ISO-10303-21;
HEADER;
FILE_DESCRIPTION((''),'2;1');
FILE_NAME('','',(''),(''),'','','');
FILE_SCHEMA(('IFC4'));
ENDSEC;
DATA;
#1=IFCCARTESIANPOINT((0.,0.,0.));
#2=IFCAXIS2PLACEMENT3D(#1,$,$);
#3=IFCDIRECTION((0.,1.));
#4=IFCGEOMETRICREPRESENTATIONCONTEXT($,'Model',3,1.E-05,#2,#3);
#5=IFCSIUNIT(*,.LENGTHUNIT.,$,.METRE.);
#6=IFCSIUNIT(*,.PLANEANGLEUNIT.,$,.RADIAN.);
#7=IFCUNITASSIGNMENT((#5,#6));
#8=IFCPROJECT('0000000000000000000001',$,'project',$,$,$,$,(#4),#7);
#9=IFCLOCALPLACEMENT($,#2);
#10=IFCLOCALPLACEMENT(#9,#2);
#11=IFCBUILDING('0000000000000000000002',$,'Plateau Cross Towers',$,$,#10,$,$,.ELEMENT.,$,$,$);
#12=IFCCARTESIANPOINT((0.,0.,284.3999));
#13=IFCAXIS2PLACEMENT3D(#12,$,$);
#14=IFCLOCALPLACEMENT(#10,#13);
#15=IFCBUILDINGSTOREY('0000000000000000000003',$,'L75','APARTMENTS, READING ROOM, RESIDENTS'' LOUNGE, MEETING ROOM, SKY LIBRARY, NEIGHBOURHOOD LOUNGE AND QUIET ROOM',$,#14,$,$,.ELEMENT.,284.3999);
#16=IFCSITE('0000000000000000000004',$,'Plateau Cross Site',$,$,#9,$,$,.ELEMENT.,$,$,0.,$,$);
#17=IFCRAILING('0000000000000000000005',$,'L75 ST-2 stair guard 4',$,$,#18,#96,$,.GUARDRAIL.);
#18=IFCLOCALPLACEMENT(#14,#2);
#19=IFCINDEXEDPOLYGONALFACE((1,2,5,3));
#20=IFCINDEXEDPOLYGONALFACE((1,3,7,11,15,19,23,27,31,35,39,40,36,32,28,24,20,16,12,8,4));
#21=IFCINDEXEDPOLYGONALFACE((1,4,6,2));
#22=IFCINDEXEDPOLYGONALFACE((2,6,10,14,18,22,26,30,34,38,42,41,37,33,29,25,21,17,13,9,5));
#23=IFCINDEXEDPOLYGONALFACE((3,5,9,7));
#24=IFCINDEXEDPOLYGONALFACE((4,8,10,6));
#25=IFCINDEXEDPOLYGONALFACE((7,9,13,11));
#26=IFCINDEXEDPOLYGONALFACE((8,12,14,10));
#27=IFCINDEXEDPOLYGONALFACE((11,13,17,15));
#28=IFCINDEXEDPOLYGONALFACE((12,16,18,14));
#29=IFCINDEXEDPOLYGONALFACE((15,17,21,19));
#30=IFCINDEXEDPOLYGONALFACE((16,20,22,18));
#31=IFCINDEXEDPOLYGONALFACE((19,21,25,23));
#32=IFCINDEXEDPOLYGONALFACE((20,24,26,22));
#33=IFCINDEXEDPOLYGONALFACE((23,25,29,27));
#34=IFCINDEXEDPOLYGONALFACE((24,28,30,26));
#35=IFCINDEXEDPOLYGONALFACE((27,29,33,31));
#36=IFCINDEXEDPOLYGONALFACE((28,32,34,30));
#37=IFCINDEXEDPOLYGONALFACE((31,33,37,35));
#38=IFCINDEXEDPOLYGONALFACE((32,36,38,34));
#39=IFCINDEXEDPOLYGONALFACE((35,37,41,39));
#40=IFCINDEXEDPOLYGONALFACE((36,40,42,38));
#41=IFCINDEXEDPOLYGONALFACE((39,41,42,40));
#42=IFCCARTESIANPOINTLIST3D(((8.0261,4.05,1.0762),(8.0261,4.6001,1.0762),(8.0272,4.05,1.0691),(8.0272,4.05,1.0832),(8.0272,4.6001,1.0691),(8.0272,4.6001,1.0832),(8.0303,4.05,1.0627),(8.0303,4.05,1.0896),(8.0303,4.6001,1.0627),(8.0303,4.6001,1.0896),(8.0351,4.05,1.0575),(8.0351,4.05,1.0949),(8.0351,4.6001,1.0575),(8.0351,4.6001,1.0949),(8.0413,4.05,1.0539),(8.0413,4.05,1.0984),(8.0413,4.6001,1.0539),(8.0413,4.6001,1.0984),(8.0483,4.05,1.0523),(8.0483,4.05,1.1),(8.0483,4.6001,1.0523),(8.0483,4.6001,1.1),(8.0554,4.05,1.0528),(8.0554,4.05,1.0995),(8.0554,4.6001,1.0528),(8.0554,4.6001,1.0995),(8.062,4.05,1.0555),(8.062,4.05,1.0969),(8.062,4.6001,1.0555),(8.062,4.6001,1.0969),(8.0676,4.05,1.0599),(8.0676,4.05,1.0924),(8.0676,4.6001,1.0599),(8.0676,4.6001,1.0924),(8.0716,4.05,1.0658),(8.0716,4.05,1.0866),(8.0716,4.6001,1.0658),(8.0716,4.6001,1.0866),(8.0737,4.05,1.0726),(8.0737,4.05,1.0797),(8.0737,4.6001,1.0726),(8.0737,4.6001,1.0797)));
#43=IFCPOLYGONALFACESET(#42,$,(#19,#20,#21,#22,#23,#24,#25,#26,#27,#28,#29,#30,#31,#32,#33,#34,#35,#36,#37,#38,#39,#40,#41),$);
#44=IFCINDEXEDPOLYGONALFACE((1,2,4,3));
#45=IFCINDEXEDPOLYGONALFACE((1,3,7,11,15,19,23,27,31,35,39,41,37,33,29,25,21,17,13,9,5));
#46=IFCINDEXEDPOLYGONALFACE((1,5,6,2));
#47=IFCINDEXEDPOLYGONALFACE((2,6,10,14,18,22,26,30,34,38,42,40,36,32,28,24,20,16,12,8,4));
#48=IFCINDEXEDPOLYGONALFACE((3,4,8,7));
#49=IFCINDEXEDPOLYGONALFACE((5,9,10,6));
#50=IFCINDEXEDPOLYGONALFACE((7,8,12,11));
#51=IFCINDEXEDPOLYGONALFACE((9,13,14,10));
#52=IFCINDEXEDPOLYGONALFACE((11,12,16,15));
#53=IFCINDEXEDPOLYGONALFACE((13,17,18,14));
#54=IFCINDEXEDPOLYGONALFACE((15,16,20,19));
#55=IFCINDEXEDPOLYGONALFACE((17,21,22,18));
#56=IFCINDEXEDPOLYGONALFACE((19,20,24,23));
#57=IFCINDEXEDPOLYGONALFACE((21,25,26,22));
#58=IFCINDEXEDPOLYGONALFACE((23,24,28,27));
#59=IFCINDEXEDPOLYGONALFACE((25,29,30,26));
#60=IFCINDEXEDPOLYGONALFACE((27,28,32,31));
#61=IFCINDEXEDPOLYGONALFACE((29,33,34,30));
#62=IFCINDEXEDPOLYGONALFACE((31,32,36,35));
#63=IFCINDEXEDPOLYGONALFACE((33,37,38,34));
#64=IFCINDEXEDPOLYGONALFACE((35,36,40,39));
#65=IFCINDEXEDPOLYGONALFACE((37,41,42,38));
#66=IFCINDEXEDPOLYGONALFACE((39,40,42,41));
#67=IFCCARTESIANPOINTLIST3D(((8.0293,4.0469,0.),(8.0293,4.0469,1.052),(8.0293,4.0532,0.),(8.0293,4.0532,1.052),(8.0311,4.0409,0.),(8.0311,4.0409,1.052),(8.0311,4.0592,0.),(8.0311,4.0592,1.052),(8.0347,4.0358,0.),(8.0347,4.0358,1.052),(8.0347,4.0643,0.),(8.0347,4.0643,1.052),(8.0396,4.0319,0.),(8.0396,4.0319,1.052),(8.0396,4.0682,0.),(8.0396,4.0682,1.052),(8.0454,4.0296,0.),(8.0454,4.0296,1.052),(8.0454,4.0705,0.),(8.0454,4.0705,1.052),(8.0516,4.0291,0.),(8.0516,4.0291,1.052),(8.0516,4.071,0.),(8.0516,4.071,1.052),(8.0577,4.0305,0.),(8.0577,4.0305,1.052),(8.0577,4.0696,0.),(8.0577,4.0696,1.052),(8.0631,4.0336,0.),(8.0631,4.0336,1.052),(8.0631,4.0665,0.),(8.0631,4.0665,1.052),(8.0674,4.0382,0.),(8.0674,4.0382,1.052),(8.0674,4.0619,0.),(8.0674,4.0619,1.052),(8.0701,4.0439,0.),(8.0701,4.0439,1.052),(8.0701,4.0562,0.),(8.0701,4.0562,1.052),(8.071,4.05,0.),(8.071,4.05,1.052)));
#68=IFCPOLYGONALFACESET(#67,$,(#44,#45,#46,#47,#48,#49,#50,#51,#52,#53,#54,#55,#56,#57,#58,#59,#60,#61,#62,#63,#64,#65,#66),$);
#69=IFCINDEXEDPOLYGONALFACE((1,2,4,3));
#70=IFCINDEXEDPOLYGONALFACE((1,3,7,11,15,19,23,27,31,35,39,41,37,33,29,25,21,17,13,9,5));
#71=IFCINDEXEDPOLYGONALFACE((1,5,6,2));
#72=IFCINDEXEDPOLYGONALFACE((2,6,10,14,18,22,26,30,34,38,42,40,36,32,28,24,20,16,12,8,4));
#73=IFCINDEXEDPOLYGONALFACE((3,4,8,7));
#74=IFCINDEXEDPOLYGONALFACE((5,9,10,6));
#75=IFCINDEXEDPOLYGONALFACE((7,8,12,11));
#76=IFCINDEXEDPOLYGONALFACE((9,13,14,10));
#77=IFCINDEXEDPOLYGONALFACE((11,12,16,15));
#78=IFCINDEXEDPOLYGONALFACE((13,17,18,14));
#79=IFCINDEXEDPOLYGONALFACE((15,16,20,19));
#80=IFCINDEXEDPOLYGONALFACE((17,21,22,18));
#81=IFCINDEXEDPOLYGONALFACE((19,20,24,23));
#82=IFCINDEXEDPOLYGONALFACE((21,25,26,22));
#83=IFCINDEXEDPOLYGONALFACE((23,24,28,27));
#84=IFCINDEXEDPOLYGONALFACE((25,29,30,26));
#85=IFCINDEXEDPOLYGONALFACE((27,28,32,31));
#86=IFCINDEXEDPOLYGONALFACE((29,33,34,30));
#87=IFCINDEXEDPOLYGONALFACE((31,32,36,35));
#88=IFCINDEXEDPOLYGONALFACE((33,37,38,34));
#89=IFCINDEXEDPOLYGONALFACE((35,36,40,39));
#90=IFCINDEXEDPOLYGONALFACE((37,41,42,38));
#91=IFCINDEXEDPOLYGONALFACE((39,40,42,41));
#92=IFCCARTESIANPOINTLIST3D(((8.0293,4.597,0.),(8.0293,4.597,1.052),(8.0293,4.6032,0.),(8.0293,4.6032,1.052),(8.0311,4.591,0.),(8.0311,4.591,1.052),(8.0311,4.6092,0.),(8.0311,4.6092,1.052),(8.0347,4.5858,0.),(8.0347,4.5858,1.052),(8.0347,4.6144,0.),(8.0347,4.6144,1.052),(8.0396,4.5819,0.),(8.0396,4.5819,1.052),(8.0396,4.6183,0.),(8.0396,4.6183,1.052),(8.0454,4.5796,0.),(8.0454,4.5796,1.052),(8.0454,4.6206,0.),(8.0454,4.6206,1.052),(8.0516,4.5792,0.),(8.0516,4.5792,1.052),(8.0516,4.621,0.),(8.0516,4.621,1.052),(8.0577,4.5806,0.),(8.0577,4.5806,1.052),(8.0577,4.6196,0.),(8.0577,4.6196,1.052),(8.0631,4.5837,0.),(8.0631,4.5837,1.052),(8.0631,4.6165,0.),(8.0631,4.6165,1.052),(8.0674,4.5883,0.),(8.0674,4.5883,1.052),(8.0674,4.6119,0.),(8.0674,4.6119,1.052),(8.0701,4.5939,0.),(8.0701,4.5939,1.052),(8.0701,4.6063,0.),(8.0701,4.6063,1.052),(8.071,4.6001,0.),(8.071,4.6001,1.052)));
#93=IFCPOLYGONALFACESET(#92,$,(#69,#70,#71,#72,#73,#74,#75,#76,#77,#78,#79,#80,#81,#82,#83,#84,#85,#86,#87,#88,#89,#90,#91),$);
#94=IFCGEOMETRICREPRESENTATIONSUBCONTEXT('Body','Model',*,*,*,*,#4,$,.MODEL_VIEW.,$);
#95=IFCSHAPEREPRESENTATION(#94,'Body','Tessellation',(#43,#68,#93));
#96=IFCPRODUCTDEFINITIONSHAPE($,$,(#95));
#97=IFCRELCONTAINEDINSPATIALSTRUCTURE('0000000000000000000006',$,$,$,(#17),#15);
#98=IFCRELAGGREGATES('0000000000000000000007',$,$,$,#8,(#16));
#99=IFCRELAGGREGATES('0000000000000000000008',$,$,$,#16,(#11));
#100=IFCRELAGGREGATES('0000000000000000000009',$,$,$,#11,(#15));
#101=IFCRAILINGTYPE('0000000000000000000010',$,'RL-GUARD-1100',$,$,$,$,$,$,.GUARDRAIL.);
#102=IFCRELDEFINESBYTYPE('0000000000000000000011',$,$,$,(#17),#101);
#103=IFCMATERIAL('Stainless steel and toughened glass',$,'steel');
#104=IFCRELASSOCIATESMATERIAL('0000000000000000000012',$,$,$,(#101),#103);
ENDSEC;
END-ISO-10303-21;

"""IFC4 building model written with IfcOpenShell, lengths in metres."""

from ifc_helpers import new_model, si_unit, direction, frame, origin, origin_2d, place, context, subcontext, project, spatial, circle, extrude, material, type_object, element, save


model = new_model("IFC4")

# Units and contexts
model_context = context("Model", 3, precision=1e-05, world=origin(), true_north=direction((0.0, 1.0)))
body_context = subcontext(model_context, "Body", "Model", "MODEL_VIEW")
ifc_project = project(units=[si_unit("LENGTHUNIT", "METRE"), si_unit("PLANEANGLEUNIT", "RADIAN")], contexts=[model_context])

# Site, building, storey
site_placement = place(None, origin())
site = spatial("IfcSite", under=ifc_project, at=site_placement, Name="Plateau Cross Site", CompositionType="ELEMENT", RefElevation=0.0)
building_placement = place(site_placement, origin())
building = spatial("IfcBuilding", under=site, at=building_placement, Name="Plateau Cross Towers", CompositionType="ELEMENT")
storey_placement = place(building_placement, frame((0.0, 0.0, 284.3999)))
storey = spatial("IfcBuildingStorey", under=building, at=storey_placement, Name="L75", Description="APARTMENTS, READING ROOM, RESIDENTS' LOUNGE, MEETING ROOM, SKY LIBRARY, NEIGHBOURHOOD LOUNGE AND QUIET ROOM", CompositionType="ELEMENT", Elevation=284.3999)

# Railing
ifc_material_1 = material(Name="Stainless steel and toughened glass", Category="steel")
railing_type_1 = type_object("IfcRailingType", Name="RL-GUARD-1100", PredefinedType="GUARDRAIL", material=ifc_material_1)
railing_1_placement = place(storey_placement, frame((8.05, 4.05, 0.0)))
element("IfcRailing", 1, at=railing_1_placement, inside=storey, type_object=railing_type_1, Name="L75 ST-2 stair guard 4", PredefinedType="GUARDRAIL", context=body_context, shape_type="SweptSolid", body=[
    extrude(circle(Radius=0.0239, at=origin_2d()), frame((0.0, 0.0, 1.0762), z_axis=(0.0, 1.0, 0.0), x_axis=(-1.0, 0.0, 0.0)), (0.0, 0.0, 1.0), 0.55),
    extrude(circle(Radius=0.021, at=origin_2d()), origin(), (0.0, 0.0, 1.0), 1.052),
    extrude(circle(Radius=0.021, at=origin_2d()), frame((0.0, 0.55, 0.0)), (0.0, 0.0, 1.0), 1.052),
])

save(model, "model.ifc")
